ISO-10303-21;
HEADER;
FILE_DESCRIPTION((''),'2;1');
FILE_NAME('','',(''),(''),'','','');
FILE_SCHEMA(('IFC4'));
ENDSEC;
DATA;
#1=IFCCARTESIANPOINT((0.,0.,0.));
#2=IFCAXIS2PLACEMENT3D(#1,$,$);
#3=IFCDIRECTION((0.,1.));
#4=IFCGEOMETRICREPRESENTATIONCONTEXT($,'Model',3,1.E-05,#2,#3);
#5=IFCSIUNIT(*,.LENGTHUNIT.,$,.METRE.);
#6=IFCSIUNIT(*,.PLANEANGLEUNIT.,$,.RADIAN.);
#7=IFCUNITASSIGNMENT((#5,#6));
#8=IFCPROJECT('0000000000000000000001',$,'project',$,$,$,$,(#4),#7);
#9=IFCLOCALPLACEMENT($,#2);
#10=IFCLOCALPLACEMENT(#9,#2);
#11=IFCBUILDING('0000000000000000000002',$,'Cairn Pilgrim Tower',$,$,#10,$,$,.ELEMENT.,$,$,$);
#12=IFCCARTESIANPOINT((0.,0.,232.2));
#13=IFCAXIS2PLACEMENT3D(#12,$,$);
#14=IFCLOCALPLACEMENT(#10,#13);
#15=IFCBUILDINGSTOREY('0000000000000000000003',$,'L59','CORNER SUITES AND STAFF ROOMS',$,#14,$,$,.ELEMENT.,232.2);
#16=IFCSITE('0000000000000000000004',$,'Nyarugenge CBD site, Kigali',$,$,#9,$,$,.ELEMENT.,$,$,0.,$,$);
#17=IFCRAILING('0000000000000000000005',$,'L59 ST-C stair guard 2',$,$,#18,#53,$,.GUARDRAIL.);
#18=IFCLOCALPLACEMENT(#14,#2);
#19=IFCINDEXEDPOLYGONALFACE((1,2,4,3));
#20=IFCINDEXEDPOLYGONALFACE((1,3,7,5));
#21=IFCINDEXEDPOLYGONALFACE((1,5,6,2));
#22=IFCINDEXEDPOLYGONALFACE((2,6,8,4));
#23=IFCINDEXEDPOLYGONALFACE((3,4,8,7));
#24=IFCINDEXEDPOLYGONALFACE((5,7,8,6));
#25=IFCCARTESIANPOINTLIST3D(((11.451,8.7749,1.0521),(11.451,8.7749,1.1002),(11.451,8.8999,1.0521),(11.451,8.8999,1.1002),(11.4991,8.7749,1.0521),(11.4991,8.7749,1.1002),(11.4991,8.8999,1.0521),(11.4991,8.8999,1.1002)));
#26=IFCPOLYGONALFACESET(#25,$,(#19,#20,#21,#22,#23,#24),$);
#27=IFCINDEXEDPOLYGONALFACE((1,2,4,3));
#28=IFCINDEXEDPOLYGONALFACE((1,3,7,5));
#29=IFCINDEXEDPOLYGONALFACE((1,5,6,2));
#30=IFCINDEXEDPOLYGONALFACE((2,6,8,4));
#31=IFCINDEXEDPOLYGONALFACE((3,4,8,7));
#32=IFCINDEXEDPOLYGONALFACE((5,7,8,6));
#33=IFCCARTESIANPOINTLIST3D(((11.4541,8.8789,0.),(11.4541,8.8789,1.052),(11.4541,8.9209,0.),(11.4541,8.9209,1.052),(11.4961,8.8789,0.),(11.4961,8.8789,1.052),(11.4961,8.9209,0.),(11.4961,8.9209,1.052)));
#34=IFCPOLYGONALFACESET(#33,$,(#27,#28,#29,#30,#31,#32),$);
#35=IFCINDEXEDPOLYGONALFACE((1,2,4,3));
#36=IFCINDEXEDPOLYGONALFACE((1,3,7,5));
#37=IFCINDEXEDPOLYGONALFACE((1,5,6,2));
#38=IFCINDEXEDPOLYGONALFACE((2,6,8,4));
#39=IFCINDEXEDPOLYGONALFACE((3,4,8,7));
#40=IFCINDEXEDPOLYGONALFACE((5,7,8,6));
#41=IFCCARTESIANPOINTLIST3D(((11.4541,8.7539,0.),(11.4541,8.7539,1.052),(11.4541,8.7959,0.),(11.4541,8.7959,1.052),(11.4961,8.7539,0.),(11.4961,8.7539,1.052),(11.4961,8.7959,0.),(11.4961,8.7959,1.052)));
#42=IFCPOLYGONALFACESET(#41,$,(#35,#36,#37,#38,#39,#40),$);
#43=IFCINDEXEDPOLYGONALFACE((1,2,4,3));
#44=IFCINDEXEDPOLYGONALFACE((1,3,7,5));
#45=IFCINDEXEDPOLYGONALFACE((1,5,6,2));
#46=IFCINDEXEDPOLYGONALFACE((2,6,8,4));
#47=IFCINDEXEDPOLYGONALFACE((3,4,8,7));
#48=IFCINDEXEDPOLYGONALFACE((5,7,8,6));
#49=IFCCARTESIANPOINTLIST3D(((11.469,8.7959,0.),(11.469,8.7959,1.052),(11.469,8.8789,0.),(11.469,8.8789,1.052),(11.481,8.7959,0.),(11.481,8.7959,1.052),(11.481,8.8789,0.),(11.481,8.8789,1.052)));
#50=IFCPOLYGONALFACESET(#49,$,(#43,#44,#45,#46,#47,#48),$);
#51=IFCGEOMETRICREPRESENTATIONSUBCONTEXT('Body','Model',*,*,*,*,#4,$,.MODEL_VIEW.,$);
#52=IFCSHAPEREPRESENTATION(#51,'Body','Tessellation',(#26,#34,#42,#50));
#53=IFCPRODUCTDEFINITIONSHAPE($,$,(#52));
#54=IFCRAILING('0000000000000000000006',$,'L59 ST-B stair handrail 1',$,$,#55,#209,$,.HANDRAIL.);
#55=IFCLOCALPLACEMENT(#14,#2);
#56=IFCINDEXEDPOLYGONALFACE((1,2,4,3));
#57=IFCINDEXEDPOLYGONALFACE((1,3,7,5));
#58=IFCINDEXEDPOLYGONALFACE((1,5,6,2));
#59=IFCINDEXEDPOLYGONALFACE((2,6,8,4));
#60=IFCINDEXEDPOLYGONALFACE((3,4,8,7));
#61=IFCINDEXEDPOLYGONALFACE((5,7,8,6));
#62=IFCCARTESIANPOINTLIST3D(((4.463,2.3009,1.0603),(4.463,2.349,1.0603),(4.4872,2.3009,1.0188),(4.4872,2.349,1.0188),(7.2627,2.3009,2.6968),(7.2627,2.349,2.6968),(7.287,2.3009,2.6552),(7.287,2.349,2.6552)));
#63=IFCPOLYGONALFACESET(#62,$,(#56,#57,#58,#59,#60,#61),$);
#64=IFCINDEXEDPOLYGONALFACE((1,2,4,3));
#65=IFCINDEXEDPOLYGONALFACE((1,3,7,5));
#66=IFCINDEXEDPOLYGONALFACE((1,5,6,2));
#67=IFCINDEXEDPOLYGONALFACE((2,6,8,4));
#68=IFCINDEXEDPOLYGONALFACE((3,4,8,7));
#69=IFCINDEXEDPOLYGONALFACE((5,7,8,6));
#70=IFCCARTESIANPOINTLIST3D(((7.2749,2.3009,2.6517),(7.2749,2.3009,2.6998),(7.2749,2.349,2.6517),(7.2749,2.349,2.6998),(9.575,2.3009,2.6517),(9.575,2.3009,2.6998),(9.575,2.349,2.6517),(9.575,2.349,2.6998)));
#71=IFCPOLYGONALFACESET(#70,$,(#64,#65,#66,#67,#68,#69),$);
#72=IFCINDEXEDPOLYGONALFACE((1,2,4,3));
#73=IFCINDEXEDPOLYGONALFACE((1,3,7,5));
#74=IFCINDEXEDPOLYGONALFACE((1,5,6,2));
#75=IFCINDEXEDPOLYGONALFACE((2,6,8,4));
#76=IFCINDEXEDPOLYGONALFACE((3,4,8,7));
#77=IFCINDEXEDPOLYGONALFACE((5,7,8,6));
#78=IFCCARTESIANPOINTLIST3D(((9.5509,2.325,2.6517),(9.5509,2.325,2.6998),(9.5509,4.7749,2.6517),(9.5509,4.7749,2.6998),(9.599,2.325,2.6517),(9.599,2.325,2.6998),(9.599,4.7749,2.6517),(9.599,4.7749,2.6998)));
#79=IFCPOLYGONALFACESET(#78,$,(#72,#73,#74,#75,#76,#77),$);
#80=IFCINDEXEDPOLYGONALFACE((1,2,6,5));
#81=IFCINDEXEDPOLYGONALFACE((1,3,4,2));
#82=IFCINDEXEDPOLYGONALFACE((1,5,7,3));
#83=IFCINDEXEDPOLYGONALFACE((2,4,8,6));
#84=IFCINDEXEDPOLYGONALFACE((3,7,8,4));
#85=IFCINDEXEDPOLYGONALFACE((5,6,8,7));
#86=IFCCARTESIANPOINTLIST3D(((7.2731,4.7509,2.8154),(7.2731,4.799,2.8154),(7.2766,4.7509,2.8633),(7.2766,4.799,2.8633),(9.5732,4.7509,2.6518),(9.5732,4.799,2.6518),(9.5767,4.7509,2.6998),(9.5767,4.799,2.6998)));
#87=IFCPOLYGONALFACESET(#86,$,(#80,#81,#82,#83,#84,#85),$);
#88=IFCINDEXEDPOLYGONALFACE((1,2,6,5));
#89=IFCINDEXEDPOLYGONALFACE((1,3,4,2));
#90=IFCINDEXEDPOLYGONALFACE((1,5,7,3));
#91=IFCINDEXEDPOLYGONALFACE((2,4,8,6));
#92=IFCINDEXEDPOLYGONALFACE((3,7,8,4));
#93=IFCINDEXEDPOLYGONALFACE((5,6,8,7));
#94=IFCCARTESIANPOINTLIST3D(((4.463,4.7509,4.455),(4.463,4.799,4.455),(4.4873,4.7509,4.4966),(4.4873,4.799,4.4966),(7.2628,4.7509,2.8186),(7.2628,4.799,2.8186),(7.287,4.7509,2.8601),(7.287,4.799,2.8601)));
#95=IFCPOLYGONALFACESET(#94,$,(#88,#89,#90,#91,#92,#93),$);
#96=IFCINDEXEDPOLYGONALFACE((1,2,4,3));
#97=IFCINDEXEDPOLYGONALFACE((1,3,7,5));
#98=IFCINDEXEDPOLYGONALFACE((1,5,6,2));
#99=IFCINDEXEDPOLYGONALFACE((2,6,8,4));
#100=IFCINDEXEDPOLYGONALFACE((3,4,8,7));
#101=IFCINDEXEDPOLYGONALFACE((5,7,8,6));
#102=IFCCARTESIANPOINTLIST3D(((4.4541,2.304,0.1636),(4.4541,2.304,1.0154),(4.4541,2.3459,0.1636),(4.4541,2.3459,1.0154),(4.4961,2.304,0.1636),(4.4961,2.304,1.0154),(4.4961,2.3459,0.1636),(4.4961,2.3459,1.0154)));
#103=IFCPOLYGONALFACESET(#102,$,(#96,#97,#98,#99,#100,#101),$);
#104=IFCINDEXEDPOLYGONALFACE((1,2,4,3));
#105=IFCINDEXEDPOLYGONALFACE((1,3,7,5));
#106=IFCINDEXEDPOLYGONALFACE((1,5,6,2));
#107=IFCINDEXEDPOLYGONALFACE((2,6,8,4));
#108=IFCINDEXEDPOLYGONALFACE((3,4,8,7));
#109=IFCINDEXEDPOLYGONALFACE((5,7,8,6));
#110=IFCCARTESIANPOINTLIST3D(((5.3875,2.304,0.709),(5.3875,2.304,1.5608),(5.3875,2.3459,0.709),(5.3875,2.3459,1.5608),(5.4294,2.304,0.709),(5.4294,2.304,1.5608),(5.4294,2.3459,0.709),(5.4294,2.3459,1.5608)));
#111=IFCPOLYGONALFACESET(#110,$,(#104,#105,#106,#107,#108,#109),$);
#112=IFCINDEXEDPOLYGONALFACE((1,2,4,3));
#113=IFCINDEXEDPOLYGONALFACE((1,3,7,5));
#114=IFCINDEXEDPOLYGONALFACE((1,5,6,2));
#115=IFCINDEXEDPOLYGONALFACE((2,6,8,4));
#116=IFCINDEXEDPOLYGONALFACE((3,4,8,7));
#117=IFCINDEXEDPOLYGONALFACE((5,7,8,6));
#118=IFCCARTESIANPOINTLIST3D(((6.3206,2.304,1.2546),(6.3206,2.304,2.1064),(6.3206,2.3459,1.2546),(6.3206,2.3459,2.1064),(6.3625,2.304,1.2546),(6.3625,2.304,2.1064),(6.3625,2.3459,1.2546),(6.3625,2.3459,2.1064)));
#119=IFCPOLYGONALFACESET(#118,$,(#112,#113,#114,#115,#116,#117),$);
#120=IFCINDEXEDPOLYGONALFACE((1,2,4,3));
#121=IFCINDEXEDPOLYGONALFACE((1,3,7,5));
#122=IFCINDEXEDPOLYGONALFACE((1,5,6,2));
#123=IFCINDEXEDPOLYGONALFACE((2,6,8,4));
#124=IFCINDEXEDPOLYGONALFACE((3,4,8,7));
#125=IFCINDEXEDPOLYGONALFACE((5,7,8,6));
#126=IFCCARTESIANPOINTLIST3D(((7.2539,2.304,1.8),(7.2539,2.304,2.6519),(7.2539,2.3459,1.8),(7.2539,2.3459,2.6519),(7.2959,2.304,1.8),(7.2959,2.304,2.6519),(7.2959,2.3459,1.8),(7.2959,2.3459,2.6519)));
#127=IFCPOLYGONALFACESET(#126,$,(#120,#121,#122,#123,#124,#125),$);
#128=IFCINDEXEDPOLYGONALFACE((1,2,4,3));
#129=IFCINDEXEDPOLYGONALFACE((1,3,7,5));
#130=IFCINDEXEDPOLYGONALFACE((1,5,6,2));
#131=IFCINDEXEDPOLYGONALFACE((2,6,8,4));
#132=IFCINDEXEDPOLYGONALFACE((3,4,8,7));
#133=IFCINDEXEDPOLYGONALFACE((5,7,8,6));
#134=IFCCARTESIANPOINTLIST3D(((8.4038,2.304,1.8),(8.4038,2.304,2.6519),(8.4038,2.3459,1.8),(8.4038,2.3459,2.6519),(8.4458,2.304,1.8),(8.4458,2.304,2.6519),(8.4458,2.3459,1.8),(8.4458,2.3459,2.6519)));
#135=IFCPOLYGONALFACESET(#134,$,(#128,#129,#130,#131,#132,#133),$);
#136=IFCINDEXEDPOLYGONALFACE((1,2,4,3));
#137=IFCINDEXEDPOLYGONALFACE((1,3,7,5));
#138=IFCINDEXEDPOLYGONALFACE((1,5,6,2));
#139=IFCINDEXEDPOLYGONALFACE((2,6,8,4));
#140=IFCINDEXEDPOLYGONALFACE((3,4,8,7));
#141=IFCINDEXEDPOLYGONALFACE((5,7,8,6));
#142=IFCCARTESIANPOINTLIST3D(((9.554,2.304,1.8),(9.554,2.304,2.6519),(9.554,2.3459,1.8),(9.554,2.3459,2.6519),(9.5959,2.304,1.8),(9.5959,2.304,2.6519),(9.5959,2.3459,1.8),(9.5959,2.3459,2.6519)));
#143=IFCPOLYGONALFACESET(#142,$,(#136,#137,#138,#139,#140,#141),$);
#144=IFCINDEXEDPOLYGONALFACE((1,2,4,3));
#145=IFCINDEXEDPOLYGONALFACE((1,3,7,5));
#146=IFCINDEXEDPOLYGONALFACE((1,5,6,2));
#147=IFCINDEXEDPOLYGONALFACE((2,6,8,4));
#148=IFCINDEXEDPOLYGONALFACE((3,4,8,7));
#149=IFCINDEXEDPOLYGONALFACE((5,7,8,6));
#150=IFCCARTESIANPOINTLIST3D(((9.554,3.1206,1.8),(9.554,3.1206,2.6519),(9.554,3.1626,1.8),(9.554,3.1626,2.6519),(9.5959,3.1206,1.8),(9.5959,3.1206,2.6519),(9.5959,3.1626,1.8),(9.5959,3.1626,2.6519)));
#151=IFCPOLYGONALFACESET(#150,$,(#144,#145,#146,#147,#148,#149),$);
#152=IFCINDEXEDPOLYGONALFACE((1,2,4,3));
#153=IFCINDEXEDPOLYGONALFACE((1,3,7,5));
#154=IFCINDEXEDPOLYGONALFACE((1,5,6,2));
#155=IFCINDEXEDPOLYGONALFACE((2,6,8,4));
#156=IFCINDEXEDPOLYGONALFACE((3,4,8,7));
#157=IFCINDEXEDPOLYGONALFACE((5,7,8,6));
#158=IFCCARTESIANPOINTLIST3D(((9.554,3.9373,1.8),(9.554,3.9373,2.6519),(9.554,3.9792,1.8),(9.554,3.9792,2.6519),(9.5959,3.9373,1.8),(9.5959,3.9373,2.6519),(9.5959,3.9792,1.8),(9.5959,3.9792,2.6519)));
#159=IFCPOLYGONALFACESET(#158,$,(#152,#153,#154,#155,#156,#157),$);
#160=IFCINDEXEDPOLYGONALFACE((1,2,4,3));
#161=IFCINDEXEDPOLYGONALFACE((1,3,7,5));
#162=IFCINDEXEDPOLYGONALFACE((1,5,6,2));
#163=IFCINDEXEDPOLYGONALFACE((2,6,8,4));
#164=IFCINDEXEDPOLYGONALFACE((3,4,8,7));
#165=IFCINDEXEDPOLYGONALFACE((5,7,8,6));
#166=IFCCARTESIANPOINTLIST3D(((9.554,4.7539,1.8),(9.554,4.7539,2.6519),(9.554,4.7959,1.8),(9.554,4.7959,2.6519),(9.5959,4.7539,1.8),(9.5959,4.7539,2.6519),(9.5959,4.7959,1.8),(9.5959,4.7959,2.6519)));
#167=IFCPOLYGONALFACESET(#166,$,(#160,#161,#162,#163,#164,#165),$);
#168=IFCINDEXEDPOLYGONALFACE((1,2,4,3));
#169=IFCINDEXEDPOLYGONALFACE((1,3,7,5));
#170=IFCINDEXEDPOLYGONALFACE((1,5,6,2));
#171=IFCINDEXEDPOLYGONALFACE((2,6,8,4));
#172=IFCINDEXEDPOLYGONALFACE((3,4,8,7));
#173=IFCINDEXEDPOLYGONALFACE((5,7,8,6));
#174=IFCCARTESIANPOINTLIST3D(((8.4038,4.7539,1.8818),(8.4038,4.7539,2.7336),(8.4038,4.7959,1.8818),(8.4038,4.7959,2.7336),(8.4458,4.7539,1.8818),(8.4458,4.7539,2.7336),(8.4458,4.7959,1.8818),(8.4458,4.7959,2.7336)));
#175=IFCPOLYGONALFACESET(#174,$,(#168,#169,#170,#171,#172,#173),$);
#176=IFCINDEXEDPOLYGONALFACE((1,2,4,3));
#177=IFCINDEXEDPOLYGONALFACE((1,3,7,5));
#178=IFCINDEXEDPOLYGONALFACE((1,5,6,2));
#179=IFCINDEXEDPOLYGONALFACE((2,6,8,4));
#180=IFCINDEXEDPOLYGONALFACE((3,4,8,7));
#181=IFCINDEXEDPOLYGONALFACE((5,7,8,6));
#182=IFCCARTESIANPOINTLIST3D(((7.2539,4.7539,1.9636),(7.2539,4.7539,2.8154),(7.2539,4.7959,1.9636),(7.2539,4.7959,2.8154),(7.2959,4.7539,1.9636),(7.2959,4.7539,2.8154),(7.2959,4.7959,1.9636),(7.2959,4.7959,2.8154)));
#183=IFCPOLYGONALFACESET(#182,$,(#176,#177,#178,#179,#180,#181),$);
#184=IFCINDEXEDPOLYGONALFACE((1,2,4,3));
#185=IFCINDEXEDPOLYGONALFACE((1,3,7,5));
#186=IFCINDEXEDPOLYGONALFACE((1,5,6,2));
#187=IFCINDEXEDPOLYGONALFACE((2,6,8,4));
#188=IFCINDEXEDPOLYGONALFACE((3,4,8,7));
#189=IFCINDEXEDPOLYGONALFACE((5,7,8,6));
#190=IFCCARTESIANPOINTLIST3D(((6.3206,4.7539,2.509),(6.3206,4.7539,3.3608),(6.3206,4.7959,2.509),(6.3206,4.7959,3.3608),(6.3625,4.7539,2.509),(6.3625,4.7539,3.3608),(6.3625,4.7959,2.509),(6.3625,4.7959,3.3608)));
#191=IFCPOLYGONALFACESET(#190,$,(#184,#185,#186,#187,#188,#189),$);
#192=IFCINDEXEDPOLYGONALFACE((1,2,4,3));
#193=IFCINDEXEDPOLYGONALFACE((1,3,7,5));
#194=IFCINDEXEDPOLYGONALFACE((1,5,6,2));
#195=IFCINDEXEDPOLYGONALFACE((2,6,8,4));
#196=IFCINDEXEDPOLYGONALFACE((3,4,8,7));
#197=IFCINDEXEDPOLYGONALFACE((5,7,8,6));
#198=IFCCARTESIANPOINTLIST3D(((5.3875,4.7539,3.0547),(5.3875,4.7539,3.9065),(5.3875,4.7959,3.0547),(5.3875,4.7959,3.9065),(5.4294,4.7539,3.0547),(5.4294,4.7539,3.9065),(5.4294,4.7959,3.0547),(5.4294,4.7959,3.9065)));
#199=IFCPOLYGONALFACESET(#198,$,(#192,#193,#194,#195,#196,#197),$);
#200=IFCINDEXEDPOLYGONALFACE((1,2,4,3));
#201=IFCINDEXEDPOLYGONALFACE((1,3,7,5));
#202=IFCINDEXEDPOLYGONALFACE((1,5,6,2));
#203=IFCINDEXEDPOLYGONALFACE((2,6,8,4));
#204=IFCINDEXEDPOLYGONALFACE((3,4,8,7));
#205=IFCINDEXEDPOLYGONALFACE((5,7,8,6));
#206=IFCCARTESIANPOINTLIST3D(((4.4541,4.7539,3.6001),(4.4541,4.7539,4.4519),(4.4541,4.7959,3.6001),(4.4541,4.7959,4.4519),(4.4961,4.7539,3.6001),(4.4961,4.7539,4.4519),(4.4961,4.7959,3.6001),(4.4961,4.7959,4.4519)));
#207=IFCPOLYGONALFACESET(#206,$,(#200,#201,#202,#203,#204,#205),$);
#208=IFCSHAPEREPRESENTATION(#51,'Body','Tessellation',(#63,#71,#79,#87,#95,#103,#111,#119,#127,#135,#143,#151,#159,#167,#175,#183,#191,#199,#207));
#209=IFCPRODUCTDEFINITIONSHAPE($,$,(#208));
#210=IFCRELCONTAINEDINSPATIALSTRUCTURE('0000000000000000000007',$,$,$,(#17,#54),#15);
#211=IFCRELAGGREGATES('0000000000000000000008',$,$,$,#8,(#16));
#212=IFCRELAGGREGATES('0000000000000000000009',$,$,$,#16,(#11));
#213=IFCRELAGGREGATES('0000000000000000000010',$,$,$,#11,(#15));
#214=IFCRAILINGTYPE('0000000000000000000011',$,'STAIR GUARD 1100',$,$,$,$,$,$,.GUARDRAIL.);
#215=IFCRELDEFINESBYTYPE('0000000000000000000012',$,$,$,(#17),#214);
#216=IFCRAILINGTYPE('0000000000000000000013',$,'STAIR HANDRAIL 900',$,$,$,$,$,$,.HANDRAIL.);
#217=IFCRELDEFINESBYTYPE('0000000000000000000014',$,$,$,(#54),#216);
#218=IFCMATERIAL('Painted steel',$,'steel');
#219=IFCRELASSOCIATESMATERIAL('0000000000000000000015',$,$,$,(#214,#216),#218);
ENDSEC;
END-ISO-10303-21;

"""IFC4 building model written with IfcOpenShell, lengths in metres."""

from ifc_helpers import new_model, si_unit, direction, frame, origin, origin_2d, place, context, subcontext, project, spatial, polyline, rectangle, outline, extrude, material, type_object, element, save


model = new_model("IFC4")

# Units and contexts
model_context = context("Model", 3, precision=1e-05, world=origin(), true_north=direction((0.0, 1.0)))
body_context = subcontext(model_context, "Body", "Model", "MODEL_VIEW")
ifc_project = project(units=[si_unit("LENGTHUNIT", "METRE"), si_unit("PLANEANGLEUNIT", "RADIAN")], contexts=[model_context])

# Site, building, storey
site_placement = place(None, origin())
site = spatial("IfcSite", under=ifc_project, at=site_placement, Name="Nyarugenge CBD site, Kigali", CompositionType="ELEMENT", RefElevation=0.0)
building_placement = place(site_placement, origin())
building = spatial("IfcBuilding", under=site, at=building_placement, Name="Cairn Pilgrim Tower", CompositionType="ELEMENT")
storey_placement = place(building_placement, frame((0.0, 0.0, 232.2)))
storey = spatial("IfcBuildingStorey", under=building, at=storey_placement, Name="L59", Description="CORNER SUITES AND STAFF ROOMS", CompositionType="ELEMENT", Elevation=232.2)

# Shared definitions
ifc_material_1 = material(Name="Painted steel", Category="steel")

# Railings
railing_type_1 = type_object("IfcRailingType", Name="STAIR GUARD 1100", PredefinedType="GUARDRAIL", material=ifc_material_1)
railing_1_placement = place(storey_placement, frame((11.4751, 8.8999, 0.0)))
element("IfcRailing", 1, at=railing_1_placement, inside=storey, type_object=railing_type_1, Name="L59 ST-C stair guard 2", PredefinedType="GUARDRAIL", context=body_context, shape_type="SweptSolid", body=[
    extrude(rectangle(XDim=0.0481, YDim=0.0481, at=origin_2d()), frame((0.0, 0.0, 1.0762), z_axis=(0.0, -1.0, 0.0), x_axis=(1.0, 0.0, 0.0)), (0.0, 0.0, 1.0), 0.125),
    extrude(rectangle(XDim=0.042, YDim=0.042, at=origin_2d()), origin(), (0.0, 0.0, 1.0), 1.052),
    extrude(rectangle(XDim=0.042, YDim=0.042, at=origin_2d()), frame((0.0, -0.125, 0.0)), (0.0, 0.0, 1.0), 1.052),
    extrude(outline(polyline([(0.021, 0.0), (0.104, 0.0), (0.104, 1.052), (0.021, 1.052), (0.021, 0.0)])), frame((0.0059, 0.0, 0.0), z_axis=(-1.0, 0.0, 0.0), x_axis=(0.0, -1.0, 0.0)), (0.0, 0.0, 1.0), 0.012),
])
railing_type_2 = type_object("IfcRailingType", Name="STAIR HANDRAIL 900", PredefinedType="HANDRAIL", material=ifc_material_1)
railing_2_placement = place(storey_placement, frame((4.4751, 2.325, 0.1636)))
element("IfcRailing", 2, at=railing_2_placement, inside=storey, type_object=railing_type_2, Name="L59 ST-B stair handrail 1", PredefinedType="HANDRAIL", context=body_context, shape_type="SweptSolid", body=[
    extrude(rectangle(XDim=0.0481, YDim=0.0481, at=origin_2d()), frame((0.0, 0.0, 0.876), z_axis=(0.863342, 0.0, 0.50462), x_axis=(0.0, 1.0, 0.0)), (0.0, 0.0, 1.0), 3.2429),
    extrude(rectangle(XDim=0.0481, YDim=0.0481, at=origin_2d()), frame((2.7998, 0.0, 2.5122), z_axis=(1.0, 0.0, 0.0), x_axis=(0.0, 1.0, 0.0)), (0.0, 0.0, 1.0), 2.3),
    extrude(rectangle(XDim=0.0481, YDim=0.0481, at=origin_2d()), frame((5.0999, 0.0, 2.5122), z_axis=(0.0, 1.0, 0.0), x_axis=(-1.0, 0.0, 0.0)), (0.0, 0.0, 1.0), 2.45),
    extrude(rectangle(XDim=0.0481, YDim=0.0481, at=origin_2d()), frame((5.0999, 2.45, 2.5122), z_axis=(-0.997481, 0.0, 0.070939), x_axis=(0.0, -1.0, 0.0)), (0.0, 0.0, 1.0), 2.3059),
    extrude(rectangle(XDim=0.0481, YDim=0.0481, at=origin_2d()), frame((2.7998, 2.45, 2.6758), z_axis=(-0.863342, 0.0, 0.50462), x_axis=(0.0, -1.0, 0.0)), (0.0, 0.0, 1.0), 3.2429),
    extrude(rectangle(XDim=0.042, YDim=0.042, at=origin_2d()), origin(), (0.0, 0.0, 1.0), 0.8518),
    extrude(rectangle(XDim=0.042, YDim=0.042, at=origin_2d()), frame((0.9333, 0.0, 0.5454)), (0.0, 0.0, 1.0), 0.8518),
    extrude(rectangle(XDim=0.042, YDim=0.042, at=origin_2d()), frame((1.8665, 0.0, 1.0911)), (0.0, 0.0, 1.0), 0.8518),
    extrude(rectangle(XDim=0.042, YDim=0.042, at=origin_2d()), frame((2.7998, 0.0, 1.6365)), (0.0, 0.0, 1.0), 0.8518),
    extrude(rectangle(XDim=0.042, YDim=0.042, at=origin_2d()), frame((3.9497, 0.0, 1.6365)), (0.0, 0.0, 1.0), 0.8518),
    extrude(rectangle(XDim=0.042, YDim=0.042, at=origin_2d()), frame((5.0999, 0.0, 1.6365)), (0.0, 0.0, 1.0), 0.8518),
    extrude(rectangle(XDim=0.042, YDim=0.042, at=origin_2d()), frame((5.0999, 0.8167, 1.6365)), (0.0, 0.0, 1.0), 0.8518),
    extrude(rectangle(XDim=0.042, YDim=0.042, at=origin_2d()), frame((5.0999, 1.6333, 1.6365)), (0.0, 0.0, 1.0), 0.8518),
    extrude(rectangle(XDim=0.042, YDim=0.042, at=origin_2d()), frame((5.0999, 2.45, 1.6365)), (0.0, 0.0, 1.0), 0.8518),
    extrude(rectangle(XDim=0.042, YDim=0.042, at=origin_2d()), frame((3.9497, 2.45, 1.7183)), (0.0, 0.0, 1.0), 0.8518),
    extrude(rectangle(XDim=0.042, YDim=0.042, at=origin_2d()), frame((2.7998, 2.45, 1.8)), (0.0, 0.0, 1.0), 0.8518),
    extrude(rectangle(XDim=0.042, YDim=0.042, at=origin_2d()), frame((1.8665, 2.45, 2.3455)), (0.0, 0.0, 1.0), 0.8518),
    extrude(rectangle(XDim=0.042, YDim=0.042, at=origin_2d()), frame((0.9333, 2.45, 2.8911)), (0.0, 0.0, 1.0), 0.8518),
    extrude(rectangle(XDim=0.042, YDim=0.042, at=origin_2d()), frame((0.0, 2.45, 3.4365)), (0.0, 0.0, 1.0), 0.8518),
])

save(model, "model.ifc")
